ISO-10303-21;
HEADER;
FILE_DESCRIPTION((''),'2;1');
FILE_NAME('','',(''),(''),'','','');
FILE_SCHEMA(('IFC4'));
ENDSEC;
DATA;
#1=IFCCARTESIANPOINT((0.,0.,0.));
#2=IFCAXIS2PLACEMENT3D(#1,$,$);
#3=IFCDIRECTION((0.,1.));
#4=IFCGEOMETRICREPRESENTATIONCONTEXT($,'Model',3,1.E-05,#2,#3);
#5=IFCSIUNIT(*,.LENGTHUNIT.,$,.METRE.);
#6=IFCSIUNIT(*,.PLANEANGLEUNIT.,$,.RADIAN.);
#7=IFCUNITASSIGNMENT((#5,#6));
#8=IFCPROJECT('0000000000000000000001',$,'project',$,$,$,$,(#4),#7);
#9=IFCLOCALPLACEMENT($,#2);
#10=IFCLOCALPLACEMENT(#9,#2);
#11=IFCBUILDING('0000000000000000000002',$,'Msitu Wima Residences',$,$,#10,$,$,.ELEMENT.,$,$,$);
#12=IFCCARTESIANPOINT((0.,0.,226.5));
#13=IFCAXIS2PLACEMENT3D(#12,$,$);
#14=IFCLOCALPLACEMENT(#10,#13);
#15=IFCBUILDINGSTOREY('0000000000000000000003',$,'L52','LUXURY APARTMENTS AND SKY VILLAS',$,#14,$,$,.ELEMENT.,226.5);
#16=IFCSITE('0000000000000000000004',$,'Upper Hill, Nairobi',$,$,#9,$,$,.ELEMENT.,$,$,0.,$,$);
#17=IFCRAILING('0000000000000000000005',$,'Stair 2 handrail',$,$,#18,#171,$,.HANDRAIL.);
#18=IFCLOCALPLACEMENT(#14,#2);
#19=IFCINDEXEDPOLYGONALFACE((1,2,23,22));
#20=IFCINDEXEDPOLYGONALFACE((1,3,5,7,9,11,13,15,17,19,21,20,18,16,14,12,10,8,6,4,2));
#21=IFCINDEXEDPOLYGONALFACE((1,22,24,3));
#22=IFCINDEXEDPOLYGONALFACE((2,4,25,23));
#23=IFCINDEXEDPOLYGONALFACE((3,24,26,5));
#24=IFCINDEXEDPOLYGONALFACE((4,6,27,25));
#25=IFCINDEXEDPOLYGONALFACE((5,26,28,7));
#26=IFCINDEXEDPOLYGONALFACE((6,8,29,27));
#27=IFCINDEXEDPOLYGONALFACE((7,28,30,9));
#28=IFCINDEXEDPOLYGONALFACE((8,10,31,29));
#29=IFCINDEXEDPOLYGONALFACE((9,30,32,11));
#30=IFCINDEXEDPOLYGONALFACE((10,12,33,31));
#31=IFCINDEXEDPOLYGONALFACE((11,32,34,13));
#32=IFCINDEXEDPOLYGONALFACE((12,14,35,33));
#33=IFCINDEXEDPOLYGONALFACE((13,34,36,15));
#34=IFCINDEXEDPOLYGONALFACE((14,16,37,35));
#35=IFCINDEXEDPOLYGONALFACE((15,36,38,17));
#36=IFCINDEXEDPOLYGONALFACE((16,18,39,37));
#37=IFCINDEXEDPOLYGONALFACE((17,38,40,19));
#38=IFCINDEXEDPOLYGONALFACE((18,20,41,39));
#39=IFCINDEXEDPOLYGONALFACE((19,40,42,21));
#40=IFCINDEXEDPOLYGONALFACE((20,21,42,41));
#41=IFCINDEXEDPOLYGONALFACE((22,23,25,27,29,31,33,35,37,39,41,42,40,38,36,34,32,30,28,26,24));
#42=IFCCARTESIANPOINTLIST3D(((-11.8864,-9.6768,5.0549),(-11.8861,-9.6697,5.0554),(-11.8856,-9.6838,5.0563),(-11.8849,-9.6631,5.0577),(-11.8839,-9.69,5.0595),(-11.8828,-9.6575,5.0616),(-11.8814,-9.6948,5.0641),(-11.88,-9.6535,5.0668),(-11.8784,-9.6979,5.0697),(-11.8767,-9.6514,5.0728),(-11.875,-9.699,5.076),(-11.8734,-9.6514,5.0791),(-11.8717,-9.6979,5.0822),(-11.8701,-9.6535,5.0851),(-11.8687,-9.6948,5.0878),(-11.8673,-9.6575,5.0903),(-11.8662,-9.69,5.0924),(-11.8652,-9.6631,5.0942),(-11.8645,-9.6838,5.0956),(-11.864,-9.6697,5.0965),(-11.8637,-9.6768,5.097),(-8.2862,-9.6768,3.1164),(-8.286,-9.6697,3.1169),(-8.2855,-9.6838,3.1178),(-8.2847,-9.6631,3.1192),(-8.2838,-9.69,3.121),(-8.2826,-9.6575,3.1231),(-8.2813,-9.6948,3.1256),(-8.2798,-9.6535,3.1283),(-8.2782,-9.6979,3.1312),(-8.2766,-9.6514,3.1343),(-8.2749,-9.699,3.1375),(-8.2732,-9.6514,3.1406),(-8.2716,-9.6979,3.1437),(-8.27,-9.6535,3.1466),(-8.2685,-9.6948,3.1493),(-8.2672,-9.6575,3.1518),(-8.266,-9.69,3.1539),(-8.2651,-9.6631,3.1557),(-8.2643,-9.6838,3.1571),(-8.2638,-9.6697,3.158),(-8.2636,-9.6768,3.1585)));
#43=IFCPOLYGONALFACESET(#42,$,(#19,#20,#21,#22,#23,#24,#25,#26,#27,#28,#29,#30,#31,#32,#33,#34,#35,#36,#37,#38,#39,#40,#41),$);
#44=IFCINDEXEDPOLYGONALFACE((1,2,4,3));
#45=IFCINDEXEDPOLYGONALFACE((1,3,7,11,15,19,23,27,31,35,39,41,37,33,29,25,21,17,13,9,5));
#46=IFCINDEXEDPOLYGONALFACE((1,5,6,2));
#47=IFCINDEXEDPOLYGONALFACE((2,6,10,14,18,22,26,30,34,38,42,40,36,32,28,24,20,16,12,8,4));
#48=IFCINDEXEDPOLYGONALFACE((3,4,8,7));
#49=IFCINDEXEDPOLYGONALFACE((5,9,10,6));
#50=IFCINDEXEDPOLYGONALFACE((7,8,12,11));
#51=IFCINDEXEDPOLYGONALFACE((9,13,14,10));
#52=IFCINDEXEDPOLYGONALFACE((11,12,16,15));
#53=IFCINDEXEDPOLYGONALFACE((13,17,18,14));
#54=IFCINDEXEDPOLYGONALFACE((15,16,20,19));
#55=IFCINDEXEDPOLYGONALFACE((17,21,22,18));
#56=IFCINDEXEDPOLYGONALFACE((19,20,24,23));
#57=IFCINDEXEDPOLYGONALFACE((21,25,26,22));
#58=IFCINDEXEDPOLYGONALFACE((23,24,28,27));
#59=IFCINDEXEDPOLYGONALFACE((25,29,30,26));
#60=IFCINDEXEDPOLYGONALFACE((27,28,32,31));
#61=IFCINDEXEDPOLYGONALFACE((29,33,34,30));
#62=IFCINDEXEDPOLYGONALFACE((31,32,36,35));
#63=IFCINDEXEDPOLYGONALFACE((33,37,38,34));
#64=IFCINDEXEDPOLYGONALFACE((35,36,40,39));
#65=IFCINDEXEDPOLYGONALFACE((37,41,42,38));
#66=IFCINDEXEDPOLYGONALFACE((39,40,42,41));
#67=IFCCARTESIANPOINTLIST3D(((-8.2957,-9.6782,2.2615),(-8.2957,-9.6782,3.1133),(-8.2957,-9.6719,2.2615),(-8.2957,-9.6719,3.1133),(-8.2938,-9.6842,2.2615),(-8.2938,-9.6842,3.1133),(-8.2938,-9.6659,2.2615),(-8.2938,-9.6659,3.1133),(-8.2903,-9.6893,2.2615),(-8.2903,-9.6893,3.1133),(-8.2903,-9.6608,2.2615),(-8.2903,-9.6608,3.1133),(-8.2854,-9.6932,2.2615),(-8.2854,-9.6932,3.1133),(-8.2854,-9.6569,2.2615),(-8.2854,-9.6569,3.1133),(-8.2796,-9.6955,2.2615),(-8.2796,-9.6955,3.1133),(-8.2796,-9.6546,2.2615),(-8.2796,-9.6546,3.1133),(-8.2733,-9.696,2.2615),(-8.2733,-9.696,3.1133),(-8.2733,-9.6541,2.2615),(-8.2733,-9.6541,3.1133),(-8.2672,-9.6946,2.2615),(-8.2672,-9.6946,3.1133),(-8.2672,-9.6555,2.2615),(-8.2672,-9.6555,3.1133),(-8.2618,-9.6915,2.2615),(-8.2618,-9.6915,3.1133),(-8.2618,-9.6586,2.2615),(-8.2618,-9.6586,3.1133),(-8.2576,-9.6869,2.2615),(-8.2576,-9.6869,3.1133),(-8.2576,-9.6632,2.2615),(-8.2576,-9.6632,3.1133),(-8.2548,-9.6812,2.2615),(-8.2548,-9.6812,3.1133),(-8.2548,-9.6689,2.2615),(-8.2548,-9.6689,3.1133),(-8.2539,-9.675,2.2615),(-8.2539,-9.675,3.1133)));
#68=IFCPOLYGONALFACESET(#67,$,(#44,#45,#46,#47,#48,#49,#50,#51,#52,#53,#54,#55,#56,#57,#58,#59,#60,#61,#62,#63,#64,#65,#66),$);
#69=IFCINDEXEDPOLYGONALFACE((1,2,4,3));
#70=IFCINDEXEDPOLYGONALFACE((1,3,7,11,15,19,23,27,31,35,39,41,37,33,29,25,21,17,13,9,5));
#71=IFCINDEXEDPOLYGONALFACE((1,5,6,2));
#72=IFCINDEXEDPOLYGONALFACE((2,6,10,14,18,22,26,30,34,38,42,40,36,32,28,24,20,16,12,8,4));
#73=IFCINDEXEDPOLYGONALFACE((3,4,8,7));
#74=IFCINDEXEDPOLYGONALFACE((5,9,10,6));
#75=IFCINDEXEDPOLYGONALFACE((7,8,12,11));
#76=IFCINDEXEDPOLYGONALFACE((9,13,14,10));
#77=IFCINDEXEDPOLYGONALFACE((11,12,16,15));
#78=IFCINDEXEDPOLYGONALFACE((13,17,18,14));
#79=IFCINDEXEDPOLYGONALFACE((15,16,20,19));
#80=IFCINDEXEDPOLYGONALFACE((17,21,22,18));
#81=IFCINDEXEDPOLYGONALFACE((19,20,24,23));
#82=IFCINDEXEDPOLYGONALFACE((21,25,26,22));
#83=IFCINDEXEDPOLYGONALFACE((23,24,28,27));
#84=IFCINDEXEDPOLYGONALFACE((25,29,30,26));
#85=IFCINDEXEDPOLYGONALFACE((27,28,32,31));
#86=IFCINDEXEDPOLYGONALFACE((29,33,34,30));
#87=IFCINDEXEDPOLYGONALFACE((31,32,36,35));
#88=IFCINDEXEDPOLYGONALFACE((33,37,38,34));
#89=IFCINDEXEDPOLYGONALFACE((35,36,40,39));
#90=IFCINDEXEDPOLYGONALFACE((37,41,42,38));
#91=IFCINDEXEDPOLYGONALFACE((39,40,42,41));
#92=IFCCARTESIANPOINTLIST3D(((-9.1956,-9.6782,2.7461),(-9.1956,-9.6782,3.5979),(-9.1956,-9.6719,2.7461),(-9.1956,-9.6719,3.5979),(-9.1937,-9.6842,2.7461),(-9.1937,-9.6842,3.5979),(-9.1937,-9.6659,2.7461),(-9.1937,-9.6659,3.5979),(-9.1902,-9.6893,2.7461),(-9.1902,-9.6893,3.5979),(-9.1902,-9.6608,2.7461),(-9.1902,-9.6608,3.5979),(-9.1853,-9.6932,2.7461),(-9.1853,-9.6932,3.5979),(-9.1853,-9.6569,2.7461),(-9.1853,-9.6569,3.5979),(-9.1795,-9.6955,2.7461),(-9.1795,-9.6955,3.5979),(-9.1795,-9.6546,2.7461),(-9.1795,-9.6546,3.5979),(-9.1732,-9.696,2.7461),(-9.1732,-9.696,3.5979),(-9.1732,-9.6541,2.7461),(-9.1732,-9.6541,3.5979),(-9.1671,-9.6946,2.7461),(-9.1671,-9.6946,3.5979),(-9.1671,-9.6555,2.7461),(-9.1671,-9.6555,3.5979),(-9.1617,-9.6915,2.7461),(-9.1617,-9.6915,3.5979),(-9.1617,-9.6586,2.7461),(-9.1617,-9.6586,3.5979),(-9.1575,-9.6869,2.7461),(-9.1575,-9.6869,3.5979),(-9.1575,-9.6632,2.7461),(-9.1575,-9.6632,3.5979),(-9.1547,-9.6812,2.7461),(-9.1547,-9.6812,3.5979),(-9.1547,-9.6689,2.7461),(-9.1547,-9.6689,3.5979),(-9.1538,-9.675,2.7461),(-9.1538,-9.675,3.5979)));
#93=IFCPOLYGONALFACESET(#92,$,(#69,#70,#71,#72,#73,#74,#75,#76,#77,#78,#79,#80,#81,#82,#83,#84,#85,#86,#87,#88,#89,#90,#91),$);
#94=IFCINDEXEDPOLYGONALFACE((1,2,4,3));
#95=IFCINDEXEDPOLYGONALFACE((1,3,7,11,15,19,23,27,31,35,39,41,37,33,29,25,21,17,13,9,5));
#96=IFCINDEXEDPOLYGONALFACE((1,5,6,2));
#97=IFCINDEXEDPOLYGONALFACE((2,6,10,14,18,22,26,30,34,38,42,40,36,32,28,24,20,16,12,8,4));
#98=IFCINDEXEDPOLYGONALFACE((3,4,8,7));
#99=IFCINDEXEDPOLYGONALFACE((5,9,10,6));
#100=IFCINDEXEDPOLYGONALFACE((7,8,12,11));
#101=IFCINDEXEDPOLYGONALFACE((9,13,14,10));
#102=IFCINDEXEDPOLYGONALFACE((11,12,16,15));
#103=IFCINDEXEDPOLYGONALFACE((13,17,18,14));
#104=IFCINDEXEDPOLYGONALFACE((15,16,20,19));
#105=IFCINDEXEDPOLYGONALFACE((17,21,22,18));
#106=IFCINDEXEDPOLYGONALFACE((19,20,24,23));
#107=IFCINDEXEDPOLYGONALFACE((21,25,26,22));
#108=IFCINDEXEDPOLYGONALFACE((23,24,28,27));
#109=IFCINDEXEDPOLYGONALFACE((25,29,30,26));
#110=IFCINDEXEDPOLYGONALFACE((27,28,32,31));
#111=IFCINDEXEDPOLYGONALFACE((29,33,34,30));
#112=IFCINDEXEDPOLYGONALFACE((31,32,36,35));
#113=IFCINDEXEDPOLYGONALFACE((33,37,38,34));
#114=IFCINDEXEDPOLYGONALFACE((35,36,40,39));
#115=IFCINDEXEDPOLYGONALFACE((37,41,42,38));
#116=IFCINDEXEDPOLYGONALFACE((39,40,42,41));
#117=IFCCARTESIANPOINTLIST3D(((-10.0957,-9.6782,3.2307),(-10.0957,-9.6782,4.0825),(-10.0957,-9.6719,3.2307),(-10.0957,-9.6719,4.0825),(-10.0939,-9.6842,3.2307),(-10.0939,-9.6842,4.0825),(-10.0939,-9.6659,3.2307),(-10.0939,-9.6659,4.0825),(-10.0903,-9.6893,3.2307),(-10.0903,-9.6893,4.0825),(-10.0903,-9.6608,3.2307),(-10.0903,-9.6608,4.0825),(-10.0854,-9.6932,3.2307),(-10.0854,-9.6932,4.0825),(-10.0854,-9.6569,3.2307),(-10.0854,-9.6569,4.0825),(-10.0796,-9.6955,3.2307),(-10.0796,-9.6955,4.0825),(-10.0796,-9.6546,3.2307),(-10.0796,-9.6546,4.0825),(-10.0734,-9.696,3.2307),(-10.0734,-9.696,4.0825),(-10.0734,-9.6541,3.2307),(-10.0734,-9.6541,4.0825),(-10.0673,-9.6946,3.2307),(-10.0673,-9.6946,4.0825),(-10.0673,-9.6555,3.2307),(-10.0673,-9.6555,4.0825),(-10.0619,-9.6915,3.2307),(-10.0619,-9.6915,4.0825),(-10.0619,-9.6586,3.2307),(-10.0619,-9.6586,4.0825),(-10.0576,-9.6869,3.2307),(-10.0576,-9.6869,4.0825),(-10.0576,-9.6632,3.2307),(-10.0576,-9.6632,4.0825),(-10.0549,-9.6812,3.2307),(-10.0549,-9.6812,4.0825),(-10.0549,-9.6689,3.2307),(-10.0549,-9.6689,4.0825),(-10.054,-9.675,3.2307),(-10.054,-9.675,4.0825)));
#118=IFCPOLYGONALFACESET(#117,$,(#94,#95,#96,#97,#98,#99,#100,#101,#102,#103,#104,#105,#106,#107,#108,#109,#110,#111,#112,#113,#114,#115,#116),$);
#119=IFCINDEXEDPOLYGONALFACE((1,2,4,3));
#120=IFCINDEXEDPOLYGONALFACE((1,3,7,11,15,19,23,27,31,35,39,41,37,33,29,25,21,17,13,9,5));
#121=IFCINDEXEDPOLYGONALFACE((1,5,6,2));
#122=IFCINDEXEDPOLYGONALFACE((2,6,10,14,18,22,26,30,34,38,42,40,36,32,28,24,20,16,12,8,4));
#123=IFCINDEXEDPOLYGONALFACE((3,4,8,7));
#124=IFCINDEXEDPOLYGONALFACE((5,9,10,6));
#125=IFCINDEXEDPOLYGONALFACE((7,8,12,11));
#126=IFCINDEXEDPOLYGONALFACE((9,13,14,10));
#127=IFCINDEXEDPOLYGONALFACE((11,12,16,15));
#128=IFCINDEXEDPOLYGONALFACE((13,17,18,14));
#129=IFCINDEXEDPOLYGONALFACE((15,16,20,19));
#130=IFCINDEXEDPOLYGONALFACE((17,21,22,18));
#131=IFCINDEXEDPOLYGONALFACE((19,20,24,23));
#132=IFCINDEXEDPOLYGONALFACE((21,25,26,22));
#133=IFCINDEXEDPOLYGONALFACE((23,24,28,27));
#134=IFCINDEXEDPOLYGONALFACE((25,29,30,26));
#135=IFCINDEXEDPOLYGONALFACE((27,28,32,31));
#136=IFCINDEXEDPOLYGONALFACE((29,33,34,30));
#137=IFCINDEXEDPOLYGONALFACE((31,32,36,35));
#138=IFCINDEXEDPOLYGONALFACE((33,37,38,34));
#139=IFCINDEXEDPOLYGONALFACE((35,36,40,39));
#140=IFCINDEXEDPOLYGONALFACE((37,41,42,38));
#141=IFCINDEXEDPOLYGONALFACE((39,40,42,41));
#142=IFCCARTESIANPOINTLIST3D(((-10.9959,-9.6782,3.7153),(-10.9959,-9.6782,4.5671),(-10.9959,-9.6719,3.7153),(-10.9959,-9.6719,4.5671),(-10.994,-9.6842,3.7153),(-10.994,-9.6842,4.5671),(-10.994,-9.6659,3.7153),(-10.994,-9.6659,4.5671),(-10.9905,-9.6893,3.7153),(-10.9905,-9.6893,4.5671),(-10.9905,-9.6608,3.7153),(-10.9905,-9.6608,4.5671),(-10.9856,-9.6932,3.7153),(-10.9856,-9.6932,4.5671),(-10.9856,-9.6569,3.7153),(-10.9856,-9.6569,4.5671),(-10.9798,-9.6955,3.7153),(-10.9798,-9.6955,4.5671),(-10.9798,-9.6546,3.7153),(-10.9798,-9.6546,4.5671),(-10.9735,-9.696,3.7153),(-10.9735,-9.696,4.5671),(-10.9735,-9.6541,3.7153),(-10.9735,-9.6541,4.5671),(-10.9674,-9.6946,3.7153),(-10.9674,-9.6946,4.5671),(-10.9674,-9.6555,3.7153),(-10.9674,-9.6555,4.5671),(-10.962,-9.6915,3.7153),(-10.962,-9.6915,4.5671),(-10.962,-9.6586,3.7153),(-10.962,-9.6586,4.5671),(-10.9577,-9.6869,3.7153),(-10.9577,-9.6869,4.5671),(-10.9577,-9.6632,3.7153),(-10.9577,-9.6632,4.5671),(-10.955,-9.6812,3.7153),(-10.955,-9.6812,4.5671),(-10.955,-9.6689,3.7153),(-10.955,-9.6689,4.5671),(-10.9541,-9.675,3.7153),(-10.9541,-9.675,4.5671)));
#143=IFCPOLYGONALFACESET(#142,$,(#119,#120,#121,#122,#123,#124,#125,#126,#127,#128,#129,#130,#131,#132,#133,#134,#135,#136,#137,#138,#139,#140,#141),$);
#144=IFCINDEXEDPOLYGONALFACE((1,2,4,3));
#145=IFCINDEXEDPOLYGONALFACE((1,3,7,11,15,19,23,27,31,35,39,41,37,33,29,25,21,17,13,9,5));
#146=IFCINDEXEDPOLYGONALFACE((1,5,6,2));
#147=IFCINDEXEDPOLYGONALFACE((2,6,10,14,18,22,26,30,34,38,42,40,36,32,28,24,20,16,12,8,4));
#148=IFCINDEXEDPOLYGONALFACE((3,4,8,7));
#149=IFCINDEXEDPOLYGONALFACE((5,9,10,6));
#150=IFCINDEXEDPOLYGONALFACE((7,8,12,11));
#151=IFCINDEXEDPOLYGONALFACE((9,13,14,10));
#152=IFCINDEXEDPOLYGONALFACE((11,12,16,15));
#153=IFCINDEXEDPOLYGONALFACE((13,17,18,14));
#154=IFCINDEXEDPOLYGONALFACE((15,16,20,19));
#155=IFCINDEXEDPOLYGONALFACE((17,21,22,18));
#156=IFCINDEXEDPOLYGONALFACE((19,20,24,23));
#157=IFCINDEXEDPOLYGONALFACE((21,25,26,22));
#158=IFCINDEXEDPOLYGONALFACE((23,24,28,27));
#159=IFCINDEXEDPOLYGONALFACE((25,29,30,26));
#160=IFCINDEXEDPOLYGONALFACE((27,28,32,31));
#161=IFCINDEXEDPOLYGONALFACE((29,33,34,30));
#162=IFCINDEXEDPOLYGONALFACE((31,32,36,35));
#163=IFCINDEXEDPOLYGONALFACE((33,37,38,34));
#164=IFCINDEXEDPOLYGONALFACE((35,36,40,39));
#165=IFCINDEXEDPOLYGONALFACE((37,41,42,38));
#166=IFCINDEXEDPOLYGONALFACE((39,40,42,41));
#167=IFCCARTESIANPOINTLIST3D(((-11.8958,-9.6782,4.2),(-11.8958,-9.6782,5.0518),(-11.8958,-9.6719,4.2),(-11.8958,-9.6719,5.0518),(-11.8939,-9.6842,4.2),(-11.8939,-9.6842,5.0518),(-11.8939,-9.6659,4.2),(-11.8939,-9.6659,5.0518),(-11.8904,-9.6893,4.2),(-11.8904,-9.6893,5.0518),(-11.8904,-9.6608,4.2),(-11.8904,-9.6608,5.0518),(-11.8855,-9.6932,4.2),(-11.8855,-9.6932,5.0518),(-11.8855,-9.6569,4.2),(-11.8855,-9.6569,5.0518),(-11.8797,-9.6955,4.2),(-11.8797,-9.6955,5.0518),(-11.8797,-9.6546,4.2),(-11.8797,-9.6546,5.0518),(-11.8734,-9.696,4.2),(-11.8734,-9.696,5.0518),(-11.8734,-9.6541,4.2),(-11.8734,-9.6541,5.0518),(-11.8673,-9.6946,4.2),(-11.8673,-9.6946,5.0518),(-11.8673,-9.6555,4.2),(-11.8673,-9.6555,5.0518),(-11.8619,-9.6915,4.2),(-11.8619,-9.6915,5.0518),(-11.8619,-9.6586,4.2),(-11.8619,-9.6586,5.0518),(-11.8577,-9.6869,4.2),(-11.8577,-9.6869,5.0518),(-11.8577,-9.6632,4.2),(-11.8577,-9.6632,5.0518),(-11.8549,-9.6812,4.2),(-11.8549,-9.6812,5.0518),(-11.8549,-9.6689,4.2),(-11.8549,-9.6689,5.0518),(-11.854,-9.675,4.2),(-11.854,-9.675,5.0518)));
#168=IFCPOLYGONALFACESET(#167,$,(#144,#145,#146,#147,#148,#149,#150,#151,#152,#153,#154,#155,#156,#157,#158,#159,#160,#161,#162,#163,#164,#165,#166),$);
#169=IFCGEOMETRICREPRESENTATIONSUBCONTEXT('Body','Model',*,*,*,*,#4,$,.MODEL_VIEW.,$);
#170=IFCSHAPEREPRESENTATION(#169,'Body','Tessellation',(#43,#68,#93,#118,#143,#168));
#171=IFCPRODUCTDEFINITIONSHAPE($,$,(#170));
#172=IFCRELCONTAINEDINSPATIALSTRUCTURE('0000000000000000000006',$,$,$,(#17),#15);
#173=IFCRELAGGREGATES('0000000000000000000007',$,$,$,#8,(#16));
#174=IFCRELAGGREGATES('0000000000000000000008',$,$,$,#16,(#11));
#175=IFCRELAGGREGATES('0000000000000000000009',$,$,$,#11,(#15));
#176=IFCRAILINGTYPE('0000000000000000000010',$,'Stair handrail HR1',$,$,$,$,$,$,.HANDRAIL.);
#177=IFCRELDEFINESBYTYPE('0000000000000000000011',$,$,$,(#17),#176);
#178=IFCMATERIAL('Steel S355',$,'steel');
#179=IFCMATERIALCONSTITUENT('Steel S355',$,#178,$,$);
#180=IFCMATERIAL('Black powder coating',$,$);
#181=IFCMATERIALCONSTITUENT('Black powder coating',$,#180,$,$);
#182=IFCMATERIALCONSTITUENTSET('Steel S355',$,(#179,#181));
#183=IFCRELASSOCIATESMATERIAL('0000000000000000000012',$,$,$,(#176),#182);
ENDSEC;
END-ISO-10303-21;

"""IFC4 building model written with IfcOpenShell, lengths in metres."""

from ifc_helpers import new_model, si_unit, direction, frame, origin, origin_2d, place, context, subcontext, project, spatial, circle, extrude, material, constituent, constituent_set, type_object, element, save


model = new_model("IFC4")

# Units and contexts
model_context = context("Model", 3, precision=1e-05, world=origin(), true_north=direction((0.0, 1.0)))
body_context = subcontext(model_context, "Body", "Model", "MODEL_VIEW")
ifc_project = project(units=[si_unit("LENGTHUNIT", "METRE"), si_unit("PLANEANGLEUNIT", "RADIAN")], contexts=[model_context])

# Site, building, storey
site_placement = place(None, origin())
site = spatial("IfcSite", under=ifc_project, at=site_placement, Name="Upper Hill, Nairobi", CompositionType="ELEMENT", RefElevation=0.0)
building_placement = place(site_placement, origin())
building = spatial("IfcBuilding", under=site, at=building_placement, Name="Msitu Wima Residences", CompositionType="ELEMENT")
storey_placement = place(building_placement, frame((0.0, 0.0, 226.5)))
storey = spatial("IfcBuildingStorey", under=building, at=storey_placement, Name="L52", Description="LUXURY APARTMENTS AND SKY VILLAS", CompositionType="ELEMENT", Elevation=226.5)

# Railing
ifc_material_1 = material(Name="Steel S355", Category="steel")
ifc_constituent_1 = constituent(ifc_material_1, Name="Steel S355")
ifc_material_2 = material(Name="Black powder coating")
ifc_constituent_2 = constituent(ifc_material_2, Name="Black powder coating")
ifc_constituent_set = constituent_set(constituents=[ifc_constituent_1, ifc_constituent_2], Name="Steel S355")
railing_type = type_object("IfcRailingType", Name="Stair handrail HR1", PredefinedType="HANDRAIL", material=ifc_constituent_set)
for number, where, name in (
    (1, (-8.2749, -9.675, 2.2615), "Stair 2 handrail"),
):
    element("IfcRailing", number, at=place(storey_placement, frame(where)), inside=storey, type_object=railing_type, Name=name, PredefinedType="HANDRAIL", context=body_context, shape_type="SweptSolid", body=[
        extrude(circle(Radius=0.0239, at=origin_2d()), frame((0.0, 0.0, 0.876), z_axis=(-0.880475, 0.0, 0.474093), x_axis=(0.0, -1.0, 0.0)), (0.0, 0.0, 1.0), 4.0889),
        extrude(circle(Radius=0.021, at=origin_2d()), origin(), (0.0, 0.0, 1.0), 0.8518),
        extrude(circle(Radius=0.021, at=origin_2d()), frame((-0.8999, 0.0, 0.4846)), (0.0, 0.0, 1.0), 0.8518),
        extrude(circle(Radius=0.021, at=origin_2d()), frame((-1.8, 0.0, 0.9692)), (0.0, 0.0, 1.0), 0.8518),
        extrude(circle(Radius=0.021, at=origin_2d()), frame((-2.7002, 0.0, 1.4539)), (0.0, 0.0, 1.0), 0.8518),
        extrude(circle(Radius=0.021, at=origin_2d()), frame((-3.6001, 0.0, 1.9385)), (0.0, 0.0, 1.0), 0.8518),
    ])

save(model, "model.ifc")
